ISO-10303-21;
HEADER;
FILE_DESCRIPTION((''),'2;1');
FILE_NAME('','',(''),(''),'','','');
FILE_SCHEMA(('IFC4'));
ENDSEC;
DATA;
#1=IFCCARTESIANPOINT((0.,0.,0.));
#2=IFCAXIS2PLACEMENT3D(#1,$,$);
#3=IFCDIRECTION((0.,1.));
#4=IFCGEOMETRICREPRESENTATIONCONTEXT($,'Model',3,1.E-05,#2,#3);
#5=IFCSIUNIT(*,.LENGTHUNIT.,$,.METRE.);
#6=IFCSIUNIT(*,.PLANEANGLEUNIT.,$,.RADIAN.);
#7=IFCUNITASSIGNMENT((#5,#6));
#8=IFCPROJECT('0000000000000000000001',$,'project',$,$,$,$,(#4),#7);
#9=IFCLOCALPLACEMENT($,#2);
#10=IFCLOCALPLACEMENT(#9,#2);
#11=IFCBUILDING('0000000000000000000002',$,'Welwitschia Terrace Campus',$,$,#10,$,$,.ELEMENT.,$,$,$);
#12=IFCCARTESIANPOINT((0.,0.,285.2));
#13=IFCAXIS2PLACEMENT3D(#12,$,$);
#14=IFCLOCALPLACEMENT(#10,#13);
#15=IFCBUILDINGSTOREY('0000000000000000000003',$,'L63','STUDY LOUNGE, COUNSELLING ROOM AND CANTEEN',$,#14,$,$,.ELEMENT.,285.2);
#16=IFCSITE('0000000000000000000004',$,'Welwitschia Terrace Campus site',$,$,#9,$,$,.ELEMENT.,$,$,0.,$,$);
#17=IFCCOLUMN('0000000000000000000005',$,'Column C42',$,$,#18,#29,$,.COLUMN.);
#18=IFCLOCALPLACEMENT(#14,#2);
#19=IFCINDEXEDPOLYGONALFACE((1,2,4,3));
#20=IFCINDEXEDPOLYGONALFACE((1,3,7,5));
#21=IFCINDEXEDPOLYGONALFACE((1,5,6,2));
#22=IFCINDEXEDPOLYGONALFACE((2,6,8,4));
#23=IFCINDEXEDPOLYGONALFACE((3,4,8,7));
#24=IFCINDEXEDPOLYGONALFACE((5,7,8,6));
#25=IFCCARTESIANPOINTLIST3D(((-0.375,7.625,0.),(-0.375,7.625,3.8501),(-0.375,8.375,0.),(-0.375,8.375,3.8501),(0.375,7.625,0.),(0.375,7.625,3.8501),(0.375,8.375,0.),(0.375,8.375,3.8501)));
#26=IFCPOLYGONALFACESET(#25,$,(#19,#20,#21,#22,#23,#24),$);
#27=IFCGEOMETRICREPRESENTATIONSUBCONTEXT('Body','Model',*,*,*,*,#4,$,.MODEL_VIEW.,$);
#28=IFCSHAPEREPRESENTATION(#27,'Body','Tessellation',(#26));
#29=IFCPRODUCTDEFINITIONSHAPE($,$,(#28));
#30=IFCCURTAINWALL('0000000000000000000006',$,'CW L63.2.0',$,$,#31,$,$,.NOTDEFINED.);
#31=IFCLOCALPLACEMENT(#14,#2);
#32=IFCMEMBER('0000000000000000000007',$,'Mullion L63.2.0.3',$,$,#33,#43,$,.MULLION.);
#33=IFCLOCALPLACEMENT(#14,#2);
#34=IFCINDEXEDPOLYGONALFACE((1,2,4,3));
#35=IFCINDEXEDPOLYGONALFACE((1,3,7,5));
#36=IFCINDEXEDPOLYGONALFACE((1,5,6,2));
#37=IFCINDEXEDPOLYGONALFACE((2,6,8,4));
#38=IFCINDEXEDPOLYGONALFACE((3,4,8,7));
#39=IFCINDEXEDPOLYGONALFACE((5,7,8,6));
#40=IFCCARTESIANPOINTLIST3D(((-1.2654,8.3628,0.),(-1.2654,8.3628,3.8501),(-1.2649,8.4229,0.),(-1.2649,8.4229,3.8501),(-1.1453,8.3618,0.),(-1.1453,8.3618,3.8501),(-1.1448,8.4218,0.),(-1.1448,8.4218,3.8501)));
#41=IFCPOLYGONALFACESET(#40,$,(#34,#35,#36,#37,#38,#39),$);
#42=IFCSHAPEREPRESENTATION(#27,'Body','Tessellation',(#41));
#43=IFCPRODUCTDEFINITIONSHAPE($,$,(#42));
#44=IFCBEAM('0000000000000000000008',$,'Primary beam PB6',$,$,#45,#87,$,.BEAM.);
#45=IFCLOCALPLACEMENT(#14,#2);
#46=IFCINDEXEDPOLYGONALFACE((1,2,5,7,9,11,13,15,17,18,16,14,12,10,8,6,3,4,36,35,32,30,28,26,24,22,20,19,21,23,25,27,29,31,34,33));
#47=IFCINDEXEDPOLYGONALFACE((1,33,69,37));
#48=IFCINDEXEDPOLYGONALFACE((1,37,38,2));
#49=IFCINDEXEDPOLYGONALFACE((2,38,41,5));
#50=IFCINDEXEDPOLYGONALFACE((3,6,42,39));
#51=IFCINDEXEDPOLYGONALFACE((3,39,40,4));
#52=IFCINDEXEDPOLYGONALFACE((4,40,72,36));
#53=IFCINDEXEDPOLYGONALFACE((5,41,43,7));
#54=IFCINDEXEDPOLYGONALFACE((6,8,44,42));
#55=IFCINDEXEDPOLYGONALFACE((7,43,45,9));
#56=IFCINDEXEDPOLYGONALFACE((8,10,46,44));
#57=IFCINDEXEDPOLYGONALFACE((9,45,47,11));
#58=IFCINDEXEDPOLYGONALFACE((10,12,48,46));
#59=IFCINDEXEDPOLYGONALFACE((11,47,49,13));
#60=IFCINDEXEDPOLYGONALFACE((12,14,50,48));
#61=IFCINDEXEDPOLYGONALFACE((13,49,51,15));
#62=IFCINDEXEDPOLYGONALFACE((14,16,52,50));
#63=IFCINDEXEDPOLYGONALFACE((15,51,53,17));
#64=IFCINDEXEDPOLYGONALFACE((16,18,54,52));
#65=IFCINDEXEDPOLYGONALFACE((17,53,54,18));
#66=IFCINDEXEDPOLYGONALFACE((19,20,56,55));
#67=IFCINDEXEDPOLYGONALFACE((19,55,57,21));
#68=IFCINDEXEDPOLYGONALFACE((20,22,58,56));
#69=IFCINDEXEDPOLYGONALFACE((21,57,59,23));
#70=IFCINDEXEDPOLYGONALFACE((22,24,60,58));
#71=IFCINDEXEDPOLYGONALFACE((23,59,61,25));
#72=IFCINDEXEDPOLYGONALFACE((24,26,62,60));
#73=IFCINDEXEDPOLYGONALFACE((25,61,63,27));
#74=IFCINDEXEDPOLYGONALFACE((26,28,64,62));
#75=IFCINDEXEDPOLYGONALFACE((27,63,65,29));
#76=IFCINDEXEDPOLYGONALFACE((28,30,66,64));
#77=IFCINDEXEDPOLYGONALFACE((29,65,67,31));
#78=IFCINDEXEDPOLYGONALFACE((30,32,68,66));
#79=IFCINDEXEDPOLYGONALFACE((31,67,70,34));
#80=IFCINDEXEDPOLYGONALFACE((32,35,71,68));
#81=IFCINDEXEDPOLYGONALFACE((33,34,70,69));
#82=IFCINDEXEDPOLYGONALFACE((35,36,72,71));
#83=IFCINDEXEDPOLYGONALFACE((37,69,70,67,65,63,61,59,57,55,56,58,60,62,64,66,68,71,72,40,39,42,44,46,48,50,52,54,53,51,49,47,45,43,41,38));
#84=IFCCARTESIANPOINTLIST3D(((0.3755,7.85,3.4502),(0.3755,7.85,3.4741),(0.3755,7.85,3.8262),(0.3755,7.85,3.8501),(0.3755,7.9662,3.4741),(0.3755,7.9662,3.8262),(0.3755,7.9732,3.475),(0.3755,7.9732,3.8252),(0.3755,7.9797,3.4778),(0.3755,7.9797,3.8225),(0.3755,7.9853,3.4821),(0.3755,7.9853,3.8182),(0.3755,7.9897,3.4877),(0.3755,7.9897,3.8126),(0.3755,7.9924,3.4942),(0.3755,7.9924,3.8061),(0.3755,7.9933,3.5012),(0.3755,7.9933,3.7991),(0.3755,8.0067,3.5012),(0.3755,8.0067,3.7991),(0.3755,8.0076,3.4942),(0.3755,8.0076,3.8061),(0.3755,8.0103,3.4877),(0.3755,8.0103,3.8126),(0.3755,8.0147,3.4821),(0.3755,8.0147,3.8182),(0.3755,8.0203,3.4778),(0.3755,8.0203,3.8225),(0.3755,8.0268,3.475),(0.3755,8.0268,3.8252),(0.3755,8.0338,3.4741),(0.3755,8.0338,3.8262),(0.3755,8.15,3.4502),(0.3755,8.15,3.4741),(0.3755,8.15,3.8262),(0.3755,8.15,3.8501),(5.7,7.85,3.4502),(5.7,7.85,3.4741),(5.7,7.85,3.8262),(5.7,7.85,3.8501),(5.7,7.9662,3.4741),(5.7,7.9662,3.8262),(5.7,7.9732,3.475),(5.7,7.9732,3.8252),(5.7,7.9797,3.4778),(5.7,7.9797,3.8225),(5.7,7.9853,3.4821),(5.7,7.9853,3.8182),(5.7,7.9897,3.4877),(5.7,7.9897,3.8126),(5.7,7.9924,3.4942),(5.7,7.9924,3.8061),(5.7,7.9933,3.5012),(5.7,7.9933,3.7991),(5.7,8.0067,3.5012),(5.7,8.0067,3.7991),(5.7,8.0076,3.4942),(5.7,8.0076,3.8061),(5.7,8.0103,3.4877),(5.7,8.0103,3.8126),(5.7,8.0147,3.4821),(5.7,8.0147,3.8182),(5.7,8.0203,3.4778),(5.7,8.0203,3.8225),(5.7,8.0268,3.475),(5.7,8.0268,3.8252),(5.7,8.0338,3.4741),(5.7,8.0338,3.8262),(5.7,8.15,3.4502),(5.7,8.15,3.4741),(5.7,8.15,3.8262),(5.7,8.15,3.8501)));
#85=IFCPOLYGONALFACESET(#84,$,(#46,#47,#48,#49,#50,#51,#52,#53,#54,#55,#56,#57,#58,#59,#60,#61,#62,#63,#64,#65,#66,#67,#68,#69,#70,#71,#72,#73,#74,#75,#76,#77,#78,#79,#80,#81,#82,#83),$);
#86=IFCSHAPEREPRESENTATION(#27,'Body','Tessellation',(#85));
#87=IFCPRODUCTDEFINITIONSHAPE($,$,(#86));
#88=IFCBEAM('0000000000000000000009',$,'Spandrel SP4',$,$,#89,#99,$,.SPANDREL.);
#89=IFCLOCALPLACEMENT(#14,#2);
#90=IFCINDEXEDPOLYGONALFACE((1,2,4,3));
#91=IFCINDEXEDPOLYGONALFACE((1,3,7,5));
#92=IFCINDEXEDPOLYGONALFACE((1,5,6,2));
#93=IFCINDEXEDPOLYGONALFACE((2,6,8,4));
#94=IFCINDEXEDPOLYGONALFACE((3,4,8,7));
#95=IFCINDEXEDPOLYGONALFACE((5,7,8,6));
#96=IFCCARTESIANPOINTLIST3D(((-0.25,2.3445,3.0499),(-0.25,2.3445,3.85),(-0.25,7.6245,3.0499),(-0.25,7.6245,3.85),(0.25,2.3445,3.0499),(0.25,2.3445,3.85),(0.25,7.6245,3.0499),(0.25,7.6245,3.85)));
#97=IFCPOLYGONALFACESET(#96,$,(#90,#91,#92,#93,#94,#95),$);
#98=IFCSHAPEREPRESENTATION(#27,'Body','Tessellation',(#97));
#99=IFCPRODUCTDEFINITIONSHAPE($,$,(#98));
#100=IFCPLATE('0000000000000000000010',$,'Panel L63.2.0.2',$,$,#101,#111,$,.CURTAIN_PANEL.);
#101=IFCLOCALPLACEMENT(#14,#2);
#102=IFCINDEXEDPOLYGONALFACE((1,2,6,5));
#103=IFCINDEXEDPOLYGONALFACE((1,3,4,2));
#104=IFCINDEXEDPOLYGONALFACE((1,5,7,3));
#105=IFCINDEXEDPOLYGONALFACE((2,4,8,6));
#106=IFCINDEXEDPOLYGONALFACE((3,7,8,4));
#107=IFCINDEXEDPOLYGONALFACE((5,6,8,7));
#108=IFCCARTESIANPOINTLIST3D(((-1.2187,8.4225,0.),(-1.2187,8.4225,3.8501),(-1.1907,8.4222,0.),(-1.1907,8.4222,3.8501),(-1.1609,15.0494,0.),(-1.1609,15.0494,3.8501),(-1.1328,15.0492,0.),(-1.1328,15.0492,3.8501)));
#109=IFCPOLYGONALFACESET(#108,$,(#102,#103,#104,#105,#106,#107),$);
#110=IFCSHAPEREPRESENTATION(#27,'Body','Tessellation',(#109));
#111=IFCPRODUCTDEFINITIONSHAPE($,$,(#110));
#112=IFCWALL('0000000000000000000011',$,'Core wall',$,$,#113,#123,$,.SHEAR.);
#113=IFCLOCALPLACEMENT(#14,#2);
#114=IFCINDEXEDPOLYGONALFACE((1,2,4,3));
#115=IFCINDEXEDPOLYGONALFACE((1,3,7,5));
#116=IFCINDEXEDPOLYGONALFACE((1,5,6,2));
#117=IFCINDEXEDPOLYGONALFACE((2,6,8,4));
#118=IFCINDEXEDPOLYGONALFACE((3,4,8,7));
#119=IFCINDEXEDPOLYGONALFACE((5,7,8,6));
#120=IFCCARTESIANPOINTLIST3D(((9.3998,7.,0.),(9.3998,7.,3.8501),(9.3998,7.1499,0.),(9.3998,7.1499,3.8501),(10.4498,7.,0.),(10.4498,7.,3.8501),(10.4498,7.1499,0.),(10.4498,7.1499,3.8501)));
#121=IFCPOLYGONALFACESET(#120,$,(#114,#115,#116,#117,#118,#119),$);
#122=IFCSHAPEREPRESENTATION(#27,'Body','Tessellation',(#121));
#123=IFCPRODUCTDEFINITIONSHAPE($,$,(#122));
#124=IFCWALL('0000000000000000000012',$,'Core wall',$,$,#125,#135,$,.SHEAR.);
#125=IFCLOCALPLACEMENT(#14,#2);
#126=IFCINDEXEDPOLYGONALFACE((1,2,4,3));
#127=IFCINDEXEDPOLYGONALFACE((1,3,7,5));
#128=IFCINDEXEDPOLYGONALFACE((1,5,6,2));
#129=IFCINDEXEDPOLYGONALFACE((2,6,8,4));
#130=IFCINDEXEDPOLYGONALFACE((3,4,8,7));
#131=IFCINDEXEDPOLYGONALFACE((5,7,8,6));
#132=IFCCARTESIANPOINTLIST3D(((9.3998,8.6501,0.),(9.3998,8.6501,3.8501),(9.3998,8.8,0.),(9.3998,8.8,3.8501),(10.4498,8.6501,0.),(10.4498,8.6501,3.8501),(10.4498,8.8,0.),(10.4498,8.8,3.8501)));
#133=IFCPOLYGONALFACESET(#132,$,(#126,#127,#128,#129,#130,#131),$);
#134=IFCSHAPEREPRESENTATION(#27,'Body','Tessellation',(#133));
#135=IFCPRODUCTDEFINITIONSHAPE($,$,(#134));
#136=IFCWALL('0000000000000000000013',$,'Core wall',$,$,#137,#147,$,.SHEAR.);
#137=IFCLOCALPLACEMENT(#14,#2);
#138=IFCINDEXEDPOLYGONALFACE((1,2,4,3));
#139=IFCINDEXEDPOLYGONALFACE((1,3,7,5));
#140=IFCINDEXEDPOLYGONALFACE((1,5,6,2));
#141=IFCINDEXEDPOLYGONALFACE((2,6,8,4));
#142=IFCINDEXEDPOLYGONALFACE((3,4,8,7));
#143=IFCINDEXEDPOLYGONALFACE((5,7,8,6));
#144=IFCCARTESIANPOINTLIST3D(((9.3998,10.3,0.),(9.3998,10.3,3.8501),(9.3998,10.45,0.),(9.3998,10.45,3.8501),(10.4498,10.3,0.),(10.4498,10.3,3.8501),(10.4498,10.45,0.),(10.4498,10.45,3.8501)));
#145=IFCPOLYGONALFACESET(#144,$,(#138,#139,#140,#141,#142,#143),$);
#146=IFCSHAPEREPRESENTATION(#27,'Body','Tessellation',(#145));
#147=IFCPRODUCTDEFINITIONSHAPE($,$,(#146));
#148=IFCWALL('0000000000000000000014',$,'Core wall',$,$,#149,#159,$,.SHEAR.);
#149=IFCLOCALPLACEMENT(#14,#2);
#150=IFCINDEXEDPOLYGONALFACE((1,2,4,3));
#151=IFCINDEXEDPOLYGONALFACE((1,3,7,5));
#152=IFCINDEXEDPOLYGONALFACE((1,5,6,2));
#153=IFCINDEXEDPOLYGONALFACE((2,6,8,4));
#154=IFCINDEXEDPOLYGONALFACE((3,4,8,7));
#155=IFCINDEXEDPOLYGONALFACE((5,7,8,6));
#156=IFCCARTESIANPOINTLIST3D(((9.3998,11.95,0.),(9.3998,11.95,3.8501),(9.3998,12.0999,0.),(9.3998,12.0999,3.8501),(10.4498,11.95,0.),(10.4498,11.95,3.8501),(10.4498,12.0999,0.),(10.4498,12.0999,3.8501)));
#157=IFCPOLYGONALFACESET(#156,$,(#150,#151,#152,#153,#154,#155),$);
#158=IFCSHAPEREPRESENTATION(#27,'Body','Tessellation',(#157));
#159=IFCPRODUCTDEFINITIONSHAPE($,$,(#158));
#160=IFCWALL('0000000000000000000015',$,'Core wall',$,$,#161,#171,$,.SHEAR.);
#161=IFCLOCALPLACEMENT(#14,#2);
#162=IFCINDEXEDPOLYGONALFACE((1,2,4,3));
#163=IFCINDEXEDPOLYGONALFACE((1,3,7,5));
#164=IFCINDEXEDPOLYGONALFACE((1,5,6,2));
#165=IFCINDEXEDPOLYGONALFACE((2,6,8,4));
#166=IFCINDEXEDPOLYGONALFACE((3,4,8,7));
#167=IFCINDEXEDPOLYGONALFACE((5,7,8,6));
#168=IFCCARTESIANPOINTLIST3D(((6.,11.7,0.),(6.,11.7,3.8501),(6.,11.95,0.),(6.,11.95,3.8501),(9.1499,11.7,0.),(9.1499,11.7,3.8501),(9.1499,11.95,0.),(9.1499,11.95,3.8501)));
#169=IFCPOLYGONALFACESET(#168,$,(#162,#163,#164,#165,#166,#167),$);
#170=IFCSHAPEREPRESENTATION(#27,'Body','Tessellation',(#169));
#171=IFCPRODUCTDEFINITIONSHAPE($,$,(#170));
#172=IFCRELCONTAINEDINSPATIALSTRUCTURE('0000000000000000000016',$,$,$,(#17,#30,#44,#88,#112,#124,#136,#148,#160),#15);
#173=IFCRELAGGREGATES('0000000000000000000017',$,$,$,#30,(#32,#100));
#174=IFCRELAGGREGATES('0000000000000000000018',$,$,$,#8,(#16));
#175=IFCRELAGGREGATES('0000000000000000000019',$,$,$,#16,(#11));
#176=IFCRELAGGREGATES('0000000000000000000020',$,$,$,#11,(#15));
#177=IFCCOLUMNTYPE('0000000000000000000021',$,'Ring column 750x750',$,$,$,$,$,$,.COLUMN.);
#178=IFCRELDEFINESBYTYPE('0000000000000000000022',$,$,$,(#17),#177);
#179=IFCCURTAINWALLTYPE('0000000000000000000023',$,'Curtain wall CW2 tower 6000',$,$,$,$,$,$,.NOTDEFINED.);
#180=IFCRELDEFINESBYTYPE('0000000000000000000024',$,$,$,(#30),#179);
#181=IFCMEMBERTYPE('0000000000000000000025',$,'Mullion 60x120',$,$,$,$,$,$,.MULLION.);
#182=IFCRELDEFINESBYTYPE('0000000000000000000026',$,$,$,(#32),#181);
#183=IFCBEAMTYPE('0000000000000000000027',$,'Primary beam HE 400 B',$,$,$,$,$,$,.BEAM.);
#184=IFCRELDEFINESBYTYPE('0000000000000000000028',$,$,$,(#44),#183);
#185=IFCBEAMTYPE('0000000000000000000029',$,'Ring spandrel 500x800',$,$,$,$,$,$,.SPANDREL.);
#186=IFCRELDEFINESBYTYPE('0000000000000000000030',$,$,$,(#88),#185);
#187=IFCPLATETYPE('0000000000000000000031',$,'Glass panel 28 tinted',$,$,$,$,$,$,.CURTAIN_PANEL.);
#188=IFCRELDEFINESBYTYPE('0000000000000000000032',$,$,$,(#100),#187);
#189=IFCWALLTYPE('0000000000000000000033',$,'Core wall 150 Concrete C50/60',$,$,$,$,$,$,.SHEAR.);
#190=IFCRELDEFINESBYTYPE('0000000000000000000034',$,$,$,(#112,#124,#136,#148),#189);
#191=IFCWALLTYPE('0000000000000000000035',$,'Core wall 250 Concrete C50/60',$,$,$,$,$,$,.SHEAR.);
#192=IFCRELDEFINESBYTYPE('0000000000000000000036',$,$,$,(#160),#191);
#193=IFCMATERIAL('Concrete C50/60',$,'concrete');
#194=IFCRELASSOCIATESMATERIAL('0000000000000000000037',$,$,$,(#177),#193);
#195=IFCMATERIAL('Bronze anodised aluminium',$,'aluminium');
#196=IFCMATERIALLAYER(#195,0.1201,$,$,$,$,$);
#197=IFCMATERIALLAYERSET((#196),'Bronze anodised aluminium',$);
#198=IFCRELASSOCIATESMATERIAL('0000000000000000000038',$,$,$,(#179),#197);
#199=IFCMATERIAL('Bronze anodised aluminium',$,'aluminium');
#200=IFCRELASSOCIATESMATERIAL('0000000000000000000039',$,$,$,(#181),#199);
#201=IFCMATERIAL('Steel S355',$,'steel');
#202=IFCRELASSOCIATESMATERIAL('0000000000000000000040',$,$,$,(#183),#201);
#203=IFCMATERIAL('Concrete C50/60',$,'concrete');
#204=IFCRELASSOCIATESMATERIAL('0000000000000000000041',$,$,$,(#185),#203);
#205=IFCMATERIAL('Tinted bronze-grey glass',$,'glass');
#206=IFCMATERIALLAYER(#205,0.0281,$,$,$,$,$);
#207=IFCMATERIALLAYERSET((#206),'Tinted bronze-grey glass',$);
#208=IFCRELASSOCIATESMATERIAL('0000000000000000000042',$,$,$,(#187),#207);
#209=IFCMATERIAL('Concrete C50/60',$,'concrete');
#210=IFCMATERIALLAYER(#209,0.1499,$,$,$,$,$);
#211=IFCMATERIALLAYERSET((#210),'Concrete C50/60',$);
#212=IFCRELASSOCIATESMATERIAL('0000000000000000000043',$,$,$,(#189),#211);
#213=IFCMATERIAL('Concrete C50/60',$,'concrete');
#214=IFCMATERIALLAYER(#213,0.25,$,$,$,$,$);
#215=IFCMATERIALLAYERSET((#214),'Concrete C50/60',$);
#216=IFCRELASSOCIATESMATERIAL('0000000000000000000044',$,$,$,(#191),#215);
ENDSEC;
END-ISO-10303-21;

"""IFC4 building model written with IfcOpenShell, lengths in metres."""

from ifc_helpers import new_model, si_unit, direction, frame, frame_2d, origin, origin_2d, place, context, subcontext, project, spatial, rectangle, i_section, extrude, material, layer, layer_set, material_profile, profile_set, type_object, element, aggregate, save


model = new_model("IFC4")

# Units and contexts
model_context = context("Model", 3, precision=1e-05, world=origin(), true_north=direction((0.0, 1.0)))
body_context = subcontext(model_context, "Body", "Model", "MODEL_VIEW")
ifc_project = project(units=[si_unit("LENGTHUNIT", "METRE"), si_unit("PLANEANGLEUNIT", "RADIAN")], contexts=[model_context])

# Site, building, storey
site_placement = place(None, origin())
site = spatial("IfcSite", under=ifc_project, at=site_placement, Name="Welwitschia Terrace Campus site", CompositionType="ELEMENT", RefElevation=0.0)
building_placement = place(site_placement, origin())
building = spatial("IfcBuilding", under=site, at=building_placement, Name="Welwitschia Terrace Campus", CompositionType="ELEMENT")
storey_placement = place(building_placement, frame((0.0, 0.0, 285.2)))
storey = spatial("IfcBuildingStorey", under=building, at=storey_placement, Name="L63", Description="STUDY LOUNGE, COUNSELLING ROOM AND CANTEEN", CompositionType="ELEMENT", Elevation=285.2)

# Column
ifc_material_1 = material(Name="Concrete C50/60", Category="concrete")
ifc_material_profile_1 = material_profile(ifc_material_1, rectangle(XDim=0.75, YDim=0.75, at=origin_2d()))
ifc_profile_set_1 = profile_set([ifc_material_profile_1], Name="Concrete C50/60")
column_type = type_object("IfcColumnType", Name="Ring column 750x750", PredefinedType="COLUMN", material=ifc_profile_set_1)
column_placement = place(storey_placement, frame((0.0, 8.0, 0.0), z_axis=(0.0, 0.0, 1.0), x_axis=(1.0, 0.0, 0.0)))
element("IfcColumn", 1, at=column_placement, inside=storey, type_object=column_type, Name="Column C42", PredefinedType="COLUMN", context=body_context, shape_type="SweptSolid", body=[
    extrude(rectangle(XDim=0.75, YDim=0.75, at=origin_2d()), origin(), (0.0, 0.0, 1.0), 3.8501),
])

# Curtain wall, member
ifc_material_2 = material(Name="Bronze anodised aluminium", Category="aluminium")
ifc_layer_1 = layer(ifc_material_2, 0.1201)
ifc_layer_set_1 = layer_set([ifc_layer_1], Name="Bronze anodised aluminium")
curtain_wall_type = type_object("IfcCurtainWallType", Name="Curtain wall CW2 tower 6000", PredefinedType="NOTDEFINED", material=ifc_layer_set_1)
curtain_wall_placement = place(storey_placement, origin())
curtain_wall = element("IfcCurtainWall", 2, at=curtain_wall_placement, inside=storey, type_object=curtain_wall_type, Name="CW L63.2.0", PredefinedType="NOTDEFINED")
ifc_material_3 = material(Name="Bronze anodised aluminium", Category="aluminium")
ifc_material_profile_2 = material_profile(ifc_material_3, rectangle(XDim=0.1201, YDim=0.0601, at=origin_2d()))
ifc_profile_set_2 = profile_set([ifc_material_profile_2], Name="Bronze anodised aluminium")
member_type = type_object("IfcMemberType", Name="Mullion 60x120", PredefinedType="MULLION", material=ifc_profile_set_2)
member_placement = place(storey_placement, frame((-1.2051, 8.3923, 0.0), z_axis=(0.0, 0.0, 1.0), x_axis=(0.999962, -0.008727, 0.0)))
member = element("IfcMember", 3, at=member_placement, type_object=member_type, Name="Mullion L63.2.0.3", PredefinedType="MULLION", context=body_context, shape_type="SweptSolid", body=[
    extrude(rectangle(XDim=0.1201, YDim=0.0601, at=origin_2d()), origin(), (0.0, 0.0, 1.0), 3.8501),
])

# Beams
ifc_material_4 = material(Name="Steel S355", Category="steel")
ifc_material_profile_3 = material_profile(ifc_material_4, i_section(OverallWidth=0.3, OverallDepth=0.3999, WebThickness=0.0134, FlangeThickness=0.0239, FilletRadius=0.0271, at=origin_2d()))
ifc_profile_set_3 = profile_set([ifc_material_profile_3], Name="Steel S355")
beam_type_1 = type_object("IfcBeamType", Name="Primary beam HE 400 B", PredefinedType="BEAM", material=ifc_profile_set_3)
beam_1_placement = place(storey_placement, frame((0.3755, 8.0, 3.6501), z_axis=(1.0, 0.0, 0.0), x_axis=(0.0, 1.0, 0.0)))
element("IfcBeam", 4, at=beam_1_placement, inside=storey, type_object=beam_type_1, Name="Primary beam PB6", PredefinedType="BEAM", context=body_context, shape_type="SweptSolid", body=[
    extrude(i_section(OverallWidth=0.3, OverallDepth=0.3999, WebThickness=0.0134, FlangeThickness=0.0239, FilletRadius=0.0271, at=origin_2d()), origin(), (0.0, 0.0, 1.0), 5.3245),
])
ifc_material_5 = material(Name="Concrete C50/60", Category="concrete")
ifc_material_profile_4 = material_profile(ifc_material_5, rectangle(XDim=0.5, YDim=0.8, at=origin_2d()))
ifc_profile_set_4 = profile_set([ifc_material_profile_4], Name="Concrete C50/60")
beam_type_2 = type_object("IfcBeamType", Name="Ring spandrel 500x800", PredefinedType="SPANDREL", material=ifc_profile_set_4)
beam_2_placement = place(storey_placement, frame((0.0, 7.6245, 3.45), z_axis=(0.0, -1.0, 0.0), x_axis=(1.0, 0.0, 0.0)))
element("IfcBeam", 5, at=beam_2_placement, inside=storey, type_object=beam_type_2, Name="Spandrel SP4", PredefinedType="SPANDREL", context=body_context, shape_type="SweptSolid", body=[
    extrude(rectangle(XDim=0.5, YDim=0.8, at=origin_2d()), origin(), (0.0, 0.0, 1.0), 5.28),
])

# Plate
ifc_material_6 = material(Name="Tinted bronze-grey glass", Category="glass")
ifc_layer_2 = layer(ifc_material_6, 0.0281)
ifc_layer_set_2 = layer_set([ifc_layer_2], Name="Tinted bronze-grey glass")
plate_type = type_object("IfcPlateType", Name="Glass panel 28 tinted", PredefinedType="CURTAIN_PANEL", material=ifc_layer_set_2)
plate_placement = place(storey_placement, frame((-1.1758, 11.7358, 0.0), z_axis=(0.0, 0.0, 1.0), x_axis=(-0.008727, -0.999962, 0.0)))
plate = element("IfcPlate", 6, at=plate_placement, type_object=plate_type, Name="Panel L63.2.0.2", PredefinedType="CURTAIN_PANEL", context=body_context, shape_type="SweptSolid", body=[
    extrude(rectangle(XDim=6.6272, YDim=0.0281, at=origin_2d()), origin(), (0.0, 0.0, 1.0), 3.8501),
])
aggregate(curtain_wall, [member, plate])

# Walls
ifc_material_7 = material(Name="Concrete C50/60", Category="concrete")
ifc_layer_3 = layer(ifc_material_7, 0.1499)
ifc_layer_set_3 = layer_set([ifc_layer_3], Name="Concrete C50/60")
wall_type_1 = type_object("IfcWallType", Name="Core wall 150 Concrete C50/60", PredefinedType="SHEAR", material=ifc_layer_set_3)
for number, where, z_axis, x_axis, name in (
    (7, (9.3999, 7.075, 0.0), (0.0, 0.0, 1.0), (1.0, 0.0, 0.0), "Core wall"),
    (8, (9.3999, 8.7251, 0.0), (0.0, 0.0, 1.0), (1.0, 0.0, 0.0), "Core wall"),
    (9, (9.3999, 10.375, 0.0), (0.0, 0.0, 1.0), (1.0, 0.0, 0.0), "Core wall"),
    (10, (9.3999, 12.0249, 0.0), (0.0, 0.0, 1.0), (1.0, 0.0, 0.0), "Core wall"),
):
    element("IfcWall", number, at=place(storey_placement, frame(where, z_axis=z_axis, x_axis=x_axis)), inside=storey, type_object=wall_type_1, Name=name, PredefinedType="SHEAR", context=body_context, shape_type="SweptSolid", body=[
        extrude(rectangle(XDim=1.05, YDim=0.1499, at=frame_2d((0.5249, 0.0))), origin(), (0.0, 0.0, 1.0), 3.8501),
    ])
ifc_material_8 = material(Name="Concrete C50/60", Category="concrete")
ifc_layer_4 = layer(ifc_material_8, 0.25)
ifc_layer_set_4 = layer_set([ifc_layer_4], Name="Concrete C50/60")
wall_type_2 = type_object("IfcWallType", Name="Core wall 250 Concrete C50/60", PredefinedType="SHEAR", material=ifc_layer_set_4)
wall_1_placement = place(storey_placement, frame((6.0, 11.825, 0.0), z_axis=(0.0, 0.0, 1.0), x_axis=(1.0, 0.0, 0.0)))
element("IfcWall", 11, at=wall_1_placement, inside=storey, type_object=wall_type_2, Name="Core wall", PredefinedType="SHEAR", context=body_context, shape_type="SweptSolid", body=[
    extrude(rectangle(XDim=3.1499, YDim=0.25, at=frame_2d((1.575, 0.0))), origin(), (0.0, 0.0, 1.0), 3.8501),
])

save(model, "model.ifc")
